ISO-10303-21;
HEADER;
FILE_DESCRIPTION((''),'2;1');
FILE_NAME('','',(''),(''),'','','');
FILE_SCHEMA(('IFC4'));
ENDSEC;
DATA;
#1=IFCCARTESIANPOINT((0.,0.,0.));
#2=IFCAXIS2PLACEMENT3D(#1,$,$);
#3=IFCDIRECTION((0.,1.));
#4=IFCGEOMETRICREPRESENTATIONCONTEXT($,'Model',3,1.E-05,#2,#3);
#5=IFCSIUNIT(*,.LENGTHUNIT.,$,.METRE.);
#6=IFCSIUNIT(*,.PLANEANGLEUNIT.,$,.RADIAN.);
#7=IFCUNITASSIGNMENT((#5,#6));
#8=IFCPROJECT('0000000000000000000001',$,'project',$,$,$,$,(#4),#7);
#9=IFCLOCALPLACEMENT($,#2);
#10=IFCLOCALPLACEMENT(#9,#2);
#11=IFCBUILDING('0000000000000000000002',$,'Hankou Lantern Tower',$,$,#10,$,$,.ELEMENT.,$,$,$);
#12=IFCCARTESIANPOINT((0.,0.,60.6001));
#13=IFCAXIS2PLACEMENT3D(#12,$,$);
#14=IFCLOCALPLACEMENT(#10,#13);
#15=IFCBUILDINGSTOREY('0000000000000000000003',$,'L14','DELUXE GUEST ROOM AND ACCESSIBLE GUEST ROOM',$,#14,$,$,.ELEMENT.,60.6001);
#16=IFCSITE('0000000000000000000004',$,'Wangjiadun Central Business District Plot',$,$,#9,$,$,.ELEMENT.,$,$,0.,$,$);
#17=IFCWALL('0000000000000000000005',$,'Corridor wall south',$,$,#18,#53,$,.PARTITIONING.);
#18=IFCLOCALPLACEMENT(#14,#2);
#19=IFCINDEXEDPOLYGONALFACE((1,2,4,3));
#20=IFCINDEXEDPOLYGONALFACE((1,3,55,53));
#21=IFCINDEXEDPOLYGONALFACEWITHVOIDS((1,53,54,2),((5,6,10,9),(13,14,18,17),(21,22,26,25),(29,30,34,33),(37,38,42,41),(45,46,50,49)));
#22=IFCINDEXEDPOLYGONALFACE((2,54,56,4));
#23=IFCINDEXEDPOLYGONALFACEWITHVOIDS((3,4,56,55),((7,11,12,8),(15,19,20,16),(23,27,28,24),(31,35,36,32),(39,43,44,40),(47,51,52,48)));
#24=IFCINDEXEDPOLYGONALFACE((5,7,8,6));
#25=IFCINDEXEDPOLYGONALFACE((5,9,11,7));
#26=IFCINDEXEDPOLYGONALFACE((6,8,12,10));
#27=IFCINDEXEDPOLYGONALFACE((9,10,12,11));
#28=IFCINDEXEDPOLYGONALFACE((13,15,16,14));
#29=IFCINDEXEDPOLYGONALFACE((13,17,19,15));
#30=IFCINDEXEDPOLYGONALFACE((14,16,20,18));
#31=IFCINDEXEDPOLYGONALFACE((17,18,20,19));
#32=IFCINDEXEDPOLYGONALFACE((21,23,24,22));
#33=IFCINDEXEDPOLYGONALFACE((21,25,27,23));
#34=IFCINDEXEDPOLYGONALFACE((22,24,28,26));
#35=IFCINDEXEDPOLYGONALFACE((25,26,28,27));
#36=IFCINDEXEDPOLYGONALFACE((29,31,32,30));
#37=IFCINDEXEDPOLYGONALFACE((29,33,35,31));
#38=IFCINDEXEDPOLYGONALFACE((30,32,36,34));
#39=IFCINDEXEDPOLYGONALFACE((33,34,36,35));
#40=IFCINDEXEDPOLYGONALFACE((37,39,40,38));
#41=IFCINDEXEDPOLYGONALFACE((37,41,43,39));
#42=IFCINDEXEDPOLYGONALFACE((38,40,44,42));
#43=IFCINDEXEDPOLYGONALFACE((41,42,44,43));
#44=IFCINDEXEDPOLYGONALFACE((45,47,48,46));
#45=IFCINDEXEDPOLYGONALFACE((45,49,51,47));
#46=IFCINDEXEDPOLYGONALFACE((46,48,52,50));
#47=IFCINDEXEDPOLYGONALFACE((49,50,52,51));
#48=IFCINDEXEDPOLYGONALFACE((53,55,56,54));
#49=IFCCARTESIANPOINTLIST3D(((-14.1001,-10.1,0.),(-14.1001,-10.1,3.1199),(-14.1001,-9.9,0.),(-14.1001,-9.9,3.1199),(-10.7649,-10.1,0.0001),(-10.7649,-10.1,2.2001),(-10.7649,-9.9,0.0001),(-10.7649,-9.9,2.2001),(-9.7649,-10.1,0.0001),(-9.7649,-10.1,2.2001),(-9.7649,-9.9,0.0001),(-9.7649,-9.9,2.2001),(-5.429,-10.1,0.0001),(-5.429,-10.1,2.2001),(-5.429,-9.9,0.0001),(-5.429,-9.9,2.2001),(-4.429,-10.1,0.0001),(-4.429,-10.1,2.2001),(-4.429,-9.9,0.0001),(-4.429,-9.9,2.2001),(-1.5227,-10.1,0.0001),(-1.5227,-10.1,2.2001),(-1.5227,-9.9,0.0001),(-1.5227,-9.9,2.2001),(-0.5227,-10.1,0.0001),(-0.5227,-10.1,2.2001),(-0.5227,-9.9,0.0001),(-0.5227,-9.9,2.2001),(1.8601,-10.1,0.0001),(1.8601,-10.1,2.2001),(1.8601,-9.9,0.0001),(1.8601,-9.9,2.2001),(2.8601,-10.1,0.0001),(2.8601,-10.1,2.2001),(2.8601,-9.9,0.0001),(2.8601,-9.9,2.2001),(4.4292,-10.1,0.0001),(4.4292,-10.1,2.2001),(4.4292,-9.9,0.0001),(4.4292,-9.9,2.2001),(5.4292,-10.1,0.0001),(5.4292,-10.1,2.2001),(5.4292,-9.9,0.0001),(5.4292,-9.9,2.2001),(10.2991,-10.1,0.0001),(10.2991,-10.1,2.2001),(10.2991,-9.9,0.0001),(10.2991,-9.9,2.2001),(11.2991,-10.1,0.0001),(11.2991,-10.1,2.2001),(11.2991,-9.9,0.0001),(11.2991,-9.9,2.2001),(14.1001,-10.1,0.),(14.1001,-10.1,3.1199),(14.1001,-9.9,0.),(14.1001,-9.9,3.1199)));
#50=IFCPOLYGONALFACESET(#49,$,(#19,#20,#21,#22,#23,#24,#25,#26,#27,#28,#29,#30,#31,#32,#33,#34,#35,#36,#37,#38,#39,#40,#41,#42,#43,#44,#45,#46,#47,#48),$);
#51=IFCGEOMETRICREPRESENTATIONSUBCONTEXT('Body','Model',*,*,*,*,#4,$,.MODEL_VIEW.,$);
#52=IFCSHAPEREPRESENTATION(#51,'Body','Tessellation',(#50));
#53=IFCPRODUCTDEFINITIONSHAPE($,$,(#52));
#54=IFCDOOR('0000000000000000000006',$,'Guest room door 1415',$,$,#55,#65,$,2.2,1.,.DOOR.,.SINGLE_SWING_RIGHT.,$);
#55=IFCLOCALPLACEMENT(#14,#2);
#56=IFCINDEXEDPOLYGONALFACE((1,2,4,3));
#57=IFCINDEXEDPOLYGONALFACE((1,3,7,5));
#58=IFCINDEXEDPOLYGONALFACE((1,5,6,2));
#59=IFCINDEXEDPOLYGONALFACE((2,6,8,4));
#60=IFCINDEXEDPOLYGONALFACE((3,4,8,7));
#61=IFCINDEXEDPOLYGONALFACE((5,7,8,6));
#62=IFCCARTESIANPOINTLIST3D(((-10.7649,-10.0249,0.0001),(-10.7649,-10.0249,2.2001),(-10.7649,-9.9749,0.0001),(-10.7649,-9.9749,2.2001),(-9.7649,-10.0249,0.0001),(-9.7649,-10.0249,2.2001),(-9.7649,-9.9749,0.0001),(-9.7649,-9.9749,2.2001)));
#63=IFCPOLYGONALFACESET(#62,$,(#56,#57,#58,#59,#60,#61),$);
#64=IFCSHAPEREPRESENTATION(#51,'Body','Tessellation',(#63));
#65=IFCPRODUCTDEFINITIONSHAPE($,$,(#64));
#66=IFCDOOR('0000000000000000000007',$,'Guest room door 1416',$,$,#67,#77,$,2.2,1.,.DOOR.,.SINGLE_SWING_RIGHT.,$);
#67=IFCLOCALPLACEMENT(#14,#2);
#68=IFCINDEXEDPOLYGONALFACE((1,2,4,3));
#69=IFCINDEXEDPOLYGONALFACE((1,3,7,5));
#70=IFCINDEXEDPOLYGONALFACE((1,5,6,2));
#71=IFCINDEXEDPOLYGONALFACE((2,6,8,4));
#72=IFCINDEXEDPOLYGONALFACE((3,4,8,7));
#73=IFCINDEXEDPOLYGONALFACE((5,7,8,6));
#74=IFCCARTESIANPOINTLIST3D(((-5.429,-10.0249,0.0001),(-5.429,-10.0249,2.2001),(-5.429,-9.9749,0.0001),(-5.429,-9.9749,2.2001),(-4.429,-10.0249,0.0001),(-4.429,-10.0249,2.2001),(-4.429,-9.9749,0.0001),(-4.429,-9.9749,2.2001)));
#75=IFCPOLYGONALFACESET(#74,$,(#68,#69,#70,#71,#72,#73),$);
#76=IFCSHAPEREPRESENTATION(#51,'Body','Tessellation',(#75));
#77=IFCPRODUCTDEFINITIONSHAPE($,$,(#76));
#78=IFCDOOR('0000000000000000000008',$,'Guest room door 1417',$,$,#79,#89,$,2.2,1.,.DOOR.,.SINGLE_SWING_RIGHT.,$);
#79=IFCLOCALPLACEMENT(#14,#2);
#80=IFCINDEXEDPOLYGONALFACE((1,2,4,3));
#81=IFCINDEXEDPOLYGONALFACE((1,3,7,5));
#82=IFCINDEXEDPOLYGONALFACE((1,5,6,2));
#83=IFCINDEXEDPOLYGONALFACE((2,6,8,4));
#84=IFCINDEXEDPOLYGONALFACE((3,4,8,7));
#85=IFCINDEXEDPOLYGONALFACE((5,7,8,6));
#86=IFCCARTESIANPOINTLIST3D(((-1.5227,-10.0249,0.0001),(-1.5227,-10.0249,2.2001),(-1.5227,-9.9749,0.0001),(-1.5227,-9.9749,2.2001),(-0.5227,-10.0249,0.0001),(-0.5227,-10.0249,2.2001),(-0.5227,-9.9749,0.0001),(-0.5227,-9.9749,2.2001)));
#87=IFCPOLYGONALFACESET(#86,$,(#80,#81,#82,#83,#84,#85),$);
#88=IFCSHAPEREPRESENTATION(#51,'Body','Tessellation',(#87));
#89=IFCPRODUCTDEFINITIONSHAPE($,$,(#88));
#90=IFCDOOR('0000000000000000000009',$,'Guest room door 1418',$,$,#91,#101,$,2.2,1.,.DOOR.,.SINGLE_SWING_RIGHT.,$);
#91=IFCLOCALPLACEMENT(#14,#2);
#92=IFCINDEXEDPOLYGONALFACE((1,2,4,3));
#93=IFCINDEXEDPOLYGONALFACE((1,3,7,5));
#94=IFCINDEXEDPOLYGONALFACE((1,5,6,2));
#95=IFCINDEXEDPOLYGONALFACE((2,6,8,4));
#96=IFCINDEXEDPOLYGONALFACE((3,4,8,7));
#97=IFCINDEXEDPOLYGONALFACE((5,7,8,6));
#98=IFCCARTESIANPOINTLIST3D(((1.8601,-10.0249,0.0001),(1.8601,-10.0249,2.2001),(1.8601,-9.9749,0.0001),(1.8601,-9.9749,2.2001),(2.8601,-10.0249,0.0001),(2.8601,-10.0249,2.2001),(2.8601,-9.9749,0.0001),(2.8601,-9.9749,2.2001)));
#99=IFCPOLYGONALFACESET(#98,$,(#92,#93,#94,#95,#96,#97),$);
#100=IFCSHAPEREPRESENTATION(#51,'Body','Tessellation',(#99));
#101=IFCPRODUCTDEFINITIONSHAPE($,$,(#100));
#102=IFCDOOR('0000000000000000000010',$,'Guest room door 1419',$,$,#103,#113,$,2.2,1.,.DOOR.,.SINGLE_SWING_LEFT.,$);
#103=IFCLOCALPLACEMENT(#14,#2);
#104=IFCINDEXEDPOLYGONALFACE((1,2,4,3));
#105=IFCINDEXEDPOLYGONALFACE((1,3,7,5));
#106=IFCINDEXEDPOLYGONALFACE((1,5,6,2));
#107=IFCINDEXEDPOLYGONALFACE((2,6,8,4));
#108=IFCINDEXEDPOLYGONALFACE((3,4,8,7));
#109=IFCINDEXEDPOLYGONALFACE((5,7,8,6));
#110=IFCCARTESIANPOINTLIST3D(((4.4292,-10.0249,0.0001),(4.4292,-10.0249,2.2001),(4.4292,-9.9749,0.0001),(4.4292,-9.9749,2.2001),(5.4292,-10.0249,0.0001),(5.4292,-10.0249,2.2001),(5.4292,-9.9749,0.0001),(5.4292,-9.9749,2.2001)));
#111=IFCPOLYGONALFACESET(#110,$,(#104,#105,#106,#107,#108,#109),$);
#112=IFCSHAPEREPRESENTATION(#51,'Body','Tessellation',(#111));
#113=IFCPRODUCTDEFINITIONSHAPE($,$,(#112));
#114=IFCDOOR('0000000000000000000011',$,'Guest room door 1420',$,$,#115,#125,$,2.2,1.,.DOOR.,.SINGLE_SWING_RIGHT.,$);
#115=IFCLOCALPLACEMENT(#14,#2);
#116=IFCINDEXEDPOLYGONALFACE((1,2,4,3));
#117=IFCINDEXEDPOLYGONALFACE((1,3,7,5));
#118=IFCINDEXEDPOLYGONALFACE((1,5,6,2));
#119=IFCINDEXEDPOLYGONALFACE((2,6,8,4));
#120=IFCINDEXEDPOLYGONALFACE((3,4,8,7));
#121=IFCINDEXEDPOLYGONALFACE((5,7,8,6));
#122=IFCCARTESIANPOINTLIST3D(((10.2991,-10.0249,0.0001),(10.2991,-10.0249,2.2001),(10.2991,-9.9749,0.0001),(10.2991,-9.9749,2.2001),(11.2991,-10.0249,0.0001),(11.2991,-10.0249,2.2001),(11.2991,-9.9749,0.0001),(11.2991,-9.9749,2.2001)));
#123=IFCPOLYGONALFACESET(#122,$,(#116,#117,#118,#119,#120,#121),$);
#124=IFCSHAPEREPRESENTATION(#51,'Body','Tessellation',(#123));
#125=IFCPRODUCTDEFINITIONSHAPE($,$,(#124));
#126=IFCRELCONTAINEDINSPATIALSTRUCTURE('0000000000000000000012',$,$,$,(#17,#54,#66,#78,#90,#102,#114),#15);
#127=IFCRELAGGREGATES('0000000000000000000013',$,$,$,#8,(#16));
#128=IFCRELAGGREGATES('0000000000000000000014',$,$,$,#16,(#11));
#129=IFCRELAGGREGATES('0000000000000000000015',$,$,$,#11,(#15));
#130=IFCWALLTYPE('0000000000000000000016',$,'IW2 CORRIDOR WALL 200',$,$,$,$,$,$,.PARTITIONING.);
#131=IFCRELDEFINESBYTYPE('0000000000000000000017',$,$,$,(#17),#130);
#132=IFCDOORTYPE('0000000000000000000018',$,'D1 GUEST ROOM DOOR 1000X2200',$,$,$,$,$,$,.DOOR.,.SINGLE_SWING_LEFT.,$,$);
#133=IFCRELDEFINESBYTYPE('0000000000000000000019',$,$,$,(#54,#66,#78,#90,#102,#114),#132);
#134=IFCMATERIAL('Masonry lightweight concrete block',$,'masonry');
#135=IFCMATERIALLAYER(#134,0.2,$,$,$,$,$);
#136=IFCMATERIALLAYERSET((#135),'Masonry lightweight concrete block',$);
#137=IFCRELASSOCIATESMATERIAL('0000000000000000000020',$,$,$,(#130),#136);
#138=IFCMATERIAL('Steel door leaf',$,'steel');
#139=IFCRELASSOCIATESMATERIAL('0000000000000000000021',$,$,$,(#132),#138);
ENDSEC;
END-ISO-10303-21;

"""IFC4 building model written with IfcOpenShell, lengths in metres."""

from ifc_helpers import new_model, si_unit, direction, frame, frame_2d, origin, place, context, subcontext, project, spatial, rectangle, extrude, material, layer, layer_set, type_object, element, fill, save


model = new_model("IFC4")

# Units and contexts
model_context = context("Model", 3, precision=1e-05, world=origin(), true_north=direction((0.0, 1.0)))
body_context = subcontext(model_context, "Body", "Model", "MODEL_VIEW")
ifc_project = project(units=[si_unit("LENGTHUNIT", "METRE"), si_unit("PLANEANGLEUNIT", "RADIAN")], contexts=[model_context])

# Site, building, storey
site_placement = place(None, origin())
site = spatial("IfcSite", under=ifc_project, at=site_placement, Name="Wangjiadun Central Business District Plot", CompositionType="ELEMENT", RefElevation=0.0)
building_placement = place(site_placement, origin())
building = spatial("IfcBuilding", under=site, at=building_placement, Name="Hankou Lantern Tower", CompositionType="ELEMENT")
storey_placement = place(building_placement, frame((0.0, 0.0, 60.6001)))
storey = spatial("IfcBuildingStorey", under=building, at=storey_placement, Name="L14", Description="DELUXE GUEST ROOM AND ACCESSIBLE GUEST ROOM", CompositionType="ELEMENT", Elevation=60.6001)

# Wall, openings, doors
ifc_material_1 = material(Name="Masonry lightweight concrete block", Category="masonry")
ifc_layer_1 = layer(ifc_material_1, 0.2)
ifc_layer_set_1 = layer_set([ifc_layer_1], Name="Masonry lightweight concrete block")
wall_type_1 = type_object("IfcWallType", Name="IW2 CORRIDOR WALL 200", PredefinedType="PARTITIONING", material=ifc_layer_set_1)
ifc_material_2 = material(Name="Steel door leaf", Category="steel")
door_type_1 = type_object("IfcDoorType", Name="D1 GUEST ROOM DOOR 1000X2200", OperationType="SINGLE_SWING_LEFT", PredefinedType="DOOR", material=ifc_material_2)
wall_1_placement = place(storey_placement, frame((14.1001, -10.0, 0.0), z_axis=(0.0, 0.0, 1.0), x_axis=(-1.0, 0.0, 0.0)))
wall_1 = element("IfcWall", 1, at=wall_1_placement, inside=storey, type_object=wall_type_1, Name="Corridor wall south", PredefinedType="PARTITIONING", context=body_context, shape_type="SweptSolid", body=[
    extrude(rectangle(XDim=28.2002, YDim=0.2, at=frame_2d((14.1001, 0.0))), origin(), (0.0, 0.0, 1.0), 3.1199),
])
opening_1_placement = place(wall_1_placement, frame((23.865, 0.0, 0.0)))
opening_1 = element("IfcOpeningElement", 2, at=opening_1_placement, cuts=wall_1, PredefinedType="OPENING", context=body_context, shape_type="SweptSolid", body=[
    extrude(rectangle(XDim=1.0, YDim=2.2, at=frame_2d((0.5, 1.1001))), frame((0.0, 0.1099, 0.0), z_axis=(0.0, -1.0, 0.0), x_axis=(1.0, 0.0, 0.0)), (0.0, 0.0, 1.0), 0.22),
])
opening_2_placement = place(wall_1_placement, frame((18.5291, 0.0, 0.0)))
opening_2 = element("IfcOpeningElement", 3, at=opening_2_placement, cuts=wall_1, PredefinedType="OPENING", context=body_context, shape_type="SweptSolid", body=[
    extrude(rectangle(XDim=1.0, YDim=2.2, at=frame_2d((0.5, 1.1001))), frame((0.0, 0.1099, 0.0), z_axis=(0.0, -1.0, 0.0), x_axis=(1.0, 0.0, 0.0)), (0.0, 0.0, 1.0), 0.22),
])
opening_3_placement = place(wall_1_placement, frame((14.6228, 0.0, 0.0)))
opening_3 = element("IfcOpeningElement", 4, at=opening_3_placement, cuts=wall_1, PredefinedType="OPENING", context=body_context, shape_type="SweptSolid", body=[
    extrude(rectangle(XDim=1.0, YDim=2.2, at=frame_2d((0.5, 1.1001))), frame((0.0, 0.1099, 0.0), z_axis=(0.0, -1.0, 0.0), x_axis=(1.0, 0.0, 0.0)), (0.0, 0.0, 1.0), 0.22),
])
opening_4_placement = place(wall_1_placement, frame((11.24, 0.0, 0.0)))
opening_4 = element("IfcOpeningElement", 5, at=opening_4_placement, cuts=wall_1, PredefinedType="OPENING", context=body_context, shape_type="SweptSolid", body=[
    extrude(rectangle(XDim=1.0, YDim=2.2, at=frame_2d((0.5, 1.1001))), frame((0.0, 0.1099, 0.0), z_axis=(0.0, -1.0, 0.0), x_axis=(1.0, 0.0, 0.0)), (0.0, 0.0, 1.0), 0.22),
])
opening_5_placement = place(wall_1_placement, frame((8.6709, 0.0, 0.0)))
opening_5 = element("IfcOpeningElement", 6, at=opening_5_placement, cuts=wall_1, PredefinedType="OPENING", context=body_context, shape_type="SweptSolid", body=[
    extrude(rectangle(XDim=1.0, YDim=2.2, at=frame_2d((0.5, 1.1001))), frame((0.0, 0.1099, 0.0), z_axis=(0.0, -1.0, 0.0), x_axis=(1.0, 0.0, 0.0)), (0.0, 0.0, 1.0), 0.22),
])
opening_6_placement = place(wall_1_placement, frame((2.801, 0.0, 0.0)))
opening_6 = element("IfcOpeningElement", 7, at=opening_6_placement, cuts=wall_1, PredefinedType="OPENING", context=body_context, shape_type="SweptSolid", body=[
    extrude(rectangle(XDim=1.0, YDim=2.2, at=frame_2d((0.5, 1.1001))), frame((0.0, 0.1099, 0.0), z_axis=(0.0, -1.0, 0.0), x_axis=(1.0, 0.0, 0.0)), (0.0, 0.0, 1.0), 0.22),
])
door_1_placement = place(opening_1_placement, origin())
door_1 = element("IfcDoor", 8, at=door_1_placement, inside=storey, type_object=door_type_1, Name="Guest room door 1415", OperationType="SINGLE_SWING_RIGHT", OverallHeight=2.2, OverallWidth=1.0, PredefinedType="DOOR", context=body_context, shape_type="SweptSolid", body=[
    extrude(rectangle(XDim=1.0, YDim=2.2, at=frame_2d((0.5, 1.1001))), frame((0.0, 0.0249, 0.0), z_axis=(0.0, -1.0, 0.0), x_axis=(1.0, 0.0, 0.0)), (0.0, 0.0, 1.0), 0.05),
])
fill(opening_1, door_1)
door_2_placement = place(opening_2_placement, origin())
door_2 = element("IfcDoor", 9, at=door_2_placement, inside=storey, type_object=door_type_1, Name="Guest room door 1416", OperationType="SINGLE_SWING_RIGHT", OverallHeight=2.2, OverallWidth=1.0, PredefinedType="DOOR", context=body_context, shape_type="SweptSolid", body=[
    extrude(rectangle(XDim=1.0, YDim=2.2, at=frame_2d((0.5, 1.1001))), frame((0.0, 0.0249, 0.0), z_axis=(0.0, -1.0, 0.0), x_axis=(1.0, 0.0, 0.0)), (0.0, 0.0, 1.0), 0.05),
])
fill(opening_2, door_2)
door_3_placement = place(opening_3_placement, origin())
door_3 = element("IfcDoor", 10, at=door_3_placement, inside=storey, type_object=door_type_1, Name="Guest room door 1417", OperationType="SINGLE_SWING_RIGHT", OverallHeight=2.2, OverallWidth=1.0, PredefinedType="DOOR", context=body_context, shape_type="SweptSolid", body=[
    extrude(rectangle(XDim=1.0, YDim=2.2, at=frame_2d((0.5, 1.1001))), frame((0.0, 0.0249, 0.0), z_axis=(0.0, -1.0, 0.0), x_axis=(1.0, 0.0, 0.0)), (0.0, 0.0, 1.0), 0.05),
])
fill(opening_3, door_3)
door_4_placement = place(opening_4_placement, origin())
door_4 = element("IfcDoor", 11, at=door_4_placement, inside=storey, type_object=door_type_1, Name="Guest room door 1418", OperationType="SINGLE_SWING_RIGHT", OverallHeight=2.2, OverallWidth=1.0, PredefinedType="DOOR", context=body_context, shape_type="SweptSolid", body=[
    extrude(rectangle(XDim=1.0, YDim=2.2, at=frame_2d((0.5, 1.1001))), frame((0.0, 0.0249, 0.0), z_axis=(0.0, -1.0, 0.0), x_axis=(1.0, 0.0, 0.0)), (0.0, 0.0, 1.0), 0.05),
])
fill(opening_4, door_4)
door_5_placement = place(opening_5_placement, origin())
door_5 = element("IfcDoor", 12, at=door_5_placement, inside=storey, type_object=door_type_1, Name="Guest room door 1419", OperationType="SINGLE_SWING_LEFT", OverallHeight=2.2, OverallWidth=1.0, PredefinedType="DOOR", context=body_context, shape_type="SweptSolid", body=[
    extrude(rectangle(XDim=1.0, YDim=2.2, at=frame_2d((0.5, 1.1001))), frame((0.0, 0.0249, 0.0), z_axis=(0.0, -1.0, 0.0), x_axis=(1.0, 0.0, 0.0)), (0.0, 0.0, 1.0), 0.05),
])
fill(opening_5, door_5)
door_6_placement = place(opening_6_placement, origin())
door_6 = element("IfcDoor", 13, at=door_6_placement, inside=storey, type_object=door_type_1, Name="Guest room door 1420", OperationType="SINGLE_SWING_RIGHT", OverallHeight=2.2, OverallWidth=1.0, PredefinedType="DOOR", context=body_context, shape_type="SweptSolid", body=[
    extrude(rectangle(XDim=1.0, YDim=2.2, at=frame_2d((0.5, 1.1001))), frame((0.0, 0.0249, 0.0), z_axis=(0.0, -1.0, 0.0), x_axis=(1.0, 0.0, 0.0)), (0.0, 0.0, 1.0), 0.05),
])
fill(opening_6, door_6)

save(model, "model.ifc")
